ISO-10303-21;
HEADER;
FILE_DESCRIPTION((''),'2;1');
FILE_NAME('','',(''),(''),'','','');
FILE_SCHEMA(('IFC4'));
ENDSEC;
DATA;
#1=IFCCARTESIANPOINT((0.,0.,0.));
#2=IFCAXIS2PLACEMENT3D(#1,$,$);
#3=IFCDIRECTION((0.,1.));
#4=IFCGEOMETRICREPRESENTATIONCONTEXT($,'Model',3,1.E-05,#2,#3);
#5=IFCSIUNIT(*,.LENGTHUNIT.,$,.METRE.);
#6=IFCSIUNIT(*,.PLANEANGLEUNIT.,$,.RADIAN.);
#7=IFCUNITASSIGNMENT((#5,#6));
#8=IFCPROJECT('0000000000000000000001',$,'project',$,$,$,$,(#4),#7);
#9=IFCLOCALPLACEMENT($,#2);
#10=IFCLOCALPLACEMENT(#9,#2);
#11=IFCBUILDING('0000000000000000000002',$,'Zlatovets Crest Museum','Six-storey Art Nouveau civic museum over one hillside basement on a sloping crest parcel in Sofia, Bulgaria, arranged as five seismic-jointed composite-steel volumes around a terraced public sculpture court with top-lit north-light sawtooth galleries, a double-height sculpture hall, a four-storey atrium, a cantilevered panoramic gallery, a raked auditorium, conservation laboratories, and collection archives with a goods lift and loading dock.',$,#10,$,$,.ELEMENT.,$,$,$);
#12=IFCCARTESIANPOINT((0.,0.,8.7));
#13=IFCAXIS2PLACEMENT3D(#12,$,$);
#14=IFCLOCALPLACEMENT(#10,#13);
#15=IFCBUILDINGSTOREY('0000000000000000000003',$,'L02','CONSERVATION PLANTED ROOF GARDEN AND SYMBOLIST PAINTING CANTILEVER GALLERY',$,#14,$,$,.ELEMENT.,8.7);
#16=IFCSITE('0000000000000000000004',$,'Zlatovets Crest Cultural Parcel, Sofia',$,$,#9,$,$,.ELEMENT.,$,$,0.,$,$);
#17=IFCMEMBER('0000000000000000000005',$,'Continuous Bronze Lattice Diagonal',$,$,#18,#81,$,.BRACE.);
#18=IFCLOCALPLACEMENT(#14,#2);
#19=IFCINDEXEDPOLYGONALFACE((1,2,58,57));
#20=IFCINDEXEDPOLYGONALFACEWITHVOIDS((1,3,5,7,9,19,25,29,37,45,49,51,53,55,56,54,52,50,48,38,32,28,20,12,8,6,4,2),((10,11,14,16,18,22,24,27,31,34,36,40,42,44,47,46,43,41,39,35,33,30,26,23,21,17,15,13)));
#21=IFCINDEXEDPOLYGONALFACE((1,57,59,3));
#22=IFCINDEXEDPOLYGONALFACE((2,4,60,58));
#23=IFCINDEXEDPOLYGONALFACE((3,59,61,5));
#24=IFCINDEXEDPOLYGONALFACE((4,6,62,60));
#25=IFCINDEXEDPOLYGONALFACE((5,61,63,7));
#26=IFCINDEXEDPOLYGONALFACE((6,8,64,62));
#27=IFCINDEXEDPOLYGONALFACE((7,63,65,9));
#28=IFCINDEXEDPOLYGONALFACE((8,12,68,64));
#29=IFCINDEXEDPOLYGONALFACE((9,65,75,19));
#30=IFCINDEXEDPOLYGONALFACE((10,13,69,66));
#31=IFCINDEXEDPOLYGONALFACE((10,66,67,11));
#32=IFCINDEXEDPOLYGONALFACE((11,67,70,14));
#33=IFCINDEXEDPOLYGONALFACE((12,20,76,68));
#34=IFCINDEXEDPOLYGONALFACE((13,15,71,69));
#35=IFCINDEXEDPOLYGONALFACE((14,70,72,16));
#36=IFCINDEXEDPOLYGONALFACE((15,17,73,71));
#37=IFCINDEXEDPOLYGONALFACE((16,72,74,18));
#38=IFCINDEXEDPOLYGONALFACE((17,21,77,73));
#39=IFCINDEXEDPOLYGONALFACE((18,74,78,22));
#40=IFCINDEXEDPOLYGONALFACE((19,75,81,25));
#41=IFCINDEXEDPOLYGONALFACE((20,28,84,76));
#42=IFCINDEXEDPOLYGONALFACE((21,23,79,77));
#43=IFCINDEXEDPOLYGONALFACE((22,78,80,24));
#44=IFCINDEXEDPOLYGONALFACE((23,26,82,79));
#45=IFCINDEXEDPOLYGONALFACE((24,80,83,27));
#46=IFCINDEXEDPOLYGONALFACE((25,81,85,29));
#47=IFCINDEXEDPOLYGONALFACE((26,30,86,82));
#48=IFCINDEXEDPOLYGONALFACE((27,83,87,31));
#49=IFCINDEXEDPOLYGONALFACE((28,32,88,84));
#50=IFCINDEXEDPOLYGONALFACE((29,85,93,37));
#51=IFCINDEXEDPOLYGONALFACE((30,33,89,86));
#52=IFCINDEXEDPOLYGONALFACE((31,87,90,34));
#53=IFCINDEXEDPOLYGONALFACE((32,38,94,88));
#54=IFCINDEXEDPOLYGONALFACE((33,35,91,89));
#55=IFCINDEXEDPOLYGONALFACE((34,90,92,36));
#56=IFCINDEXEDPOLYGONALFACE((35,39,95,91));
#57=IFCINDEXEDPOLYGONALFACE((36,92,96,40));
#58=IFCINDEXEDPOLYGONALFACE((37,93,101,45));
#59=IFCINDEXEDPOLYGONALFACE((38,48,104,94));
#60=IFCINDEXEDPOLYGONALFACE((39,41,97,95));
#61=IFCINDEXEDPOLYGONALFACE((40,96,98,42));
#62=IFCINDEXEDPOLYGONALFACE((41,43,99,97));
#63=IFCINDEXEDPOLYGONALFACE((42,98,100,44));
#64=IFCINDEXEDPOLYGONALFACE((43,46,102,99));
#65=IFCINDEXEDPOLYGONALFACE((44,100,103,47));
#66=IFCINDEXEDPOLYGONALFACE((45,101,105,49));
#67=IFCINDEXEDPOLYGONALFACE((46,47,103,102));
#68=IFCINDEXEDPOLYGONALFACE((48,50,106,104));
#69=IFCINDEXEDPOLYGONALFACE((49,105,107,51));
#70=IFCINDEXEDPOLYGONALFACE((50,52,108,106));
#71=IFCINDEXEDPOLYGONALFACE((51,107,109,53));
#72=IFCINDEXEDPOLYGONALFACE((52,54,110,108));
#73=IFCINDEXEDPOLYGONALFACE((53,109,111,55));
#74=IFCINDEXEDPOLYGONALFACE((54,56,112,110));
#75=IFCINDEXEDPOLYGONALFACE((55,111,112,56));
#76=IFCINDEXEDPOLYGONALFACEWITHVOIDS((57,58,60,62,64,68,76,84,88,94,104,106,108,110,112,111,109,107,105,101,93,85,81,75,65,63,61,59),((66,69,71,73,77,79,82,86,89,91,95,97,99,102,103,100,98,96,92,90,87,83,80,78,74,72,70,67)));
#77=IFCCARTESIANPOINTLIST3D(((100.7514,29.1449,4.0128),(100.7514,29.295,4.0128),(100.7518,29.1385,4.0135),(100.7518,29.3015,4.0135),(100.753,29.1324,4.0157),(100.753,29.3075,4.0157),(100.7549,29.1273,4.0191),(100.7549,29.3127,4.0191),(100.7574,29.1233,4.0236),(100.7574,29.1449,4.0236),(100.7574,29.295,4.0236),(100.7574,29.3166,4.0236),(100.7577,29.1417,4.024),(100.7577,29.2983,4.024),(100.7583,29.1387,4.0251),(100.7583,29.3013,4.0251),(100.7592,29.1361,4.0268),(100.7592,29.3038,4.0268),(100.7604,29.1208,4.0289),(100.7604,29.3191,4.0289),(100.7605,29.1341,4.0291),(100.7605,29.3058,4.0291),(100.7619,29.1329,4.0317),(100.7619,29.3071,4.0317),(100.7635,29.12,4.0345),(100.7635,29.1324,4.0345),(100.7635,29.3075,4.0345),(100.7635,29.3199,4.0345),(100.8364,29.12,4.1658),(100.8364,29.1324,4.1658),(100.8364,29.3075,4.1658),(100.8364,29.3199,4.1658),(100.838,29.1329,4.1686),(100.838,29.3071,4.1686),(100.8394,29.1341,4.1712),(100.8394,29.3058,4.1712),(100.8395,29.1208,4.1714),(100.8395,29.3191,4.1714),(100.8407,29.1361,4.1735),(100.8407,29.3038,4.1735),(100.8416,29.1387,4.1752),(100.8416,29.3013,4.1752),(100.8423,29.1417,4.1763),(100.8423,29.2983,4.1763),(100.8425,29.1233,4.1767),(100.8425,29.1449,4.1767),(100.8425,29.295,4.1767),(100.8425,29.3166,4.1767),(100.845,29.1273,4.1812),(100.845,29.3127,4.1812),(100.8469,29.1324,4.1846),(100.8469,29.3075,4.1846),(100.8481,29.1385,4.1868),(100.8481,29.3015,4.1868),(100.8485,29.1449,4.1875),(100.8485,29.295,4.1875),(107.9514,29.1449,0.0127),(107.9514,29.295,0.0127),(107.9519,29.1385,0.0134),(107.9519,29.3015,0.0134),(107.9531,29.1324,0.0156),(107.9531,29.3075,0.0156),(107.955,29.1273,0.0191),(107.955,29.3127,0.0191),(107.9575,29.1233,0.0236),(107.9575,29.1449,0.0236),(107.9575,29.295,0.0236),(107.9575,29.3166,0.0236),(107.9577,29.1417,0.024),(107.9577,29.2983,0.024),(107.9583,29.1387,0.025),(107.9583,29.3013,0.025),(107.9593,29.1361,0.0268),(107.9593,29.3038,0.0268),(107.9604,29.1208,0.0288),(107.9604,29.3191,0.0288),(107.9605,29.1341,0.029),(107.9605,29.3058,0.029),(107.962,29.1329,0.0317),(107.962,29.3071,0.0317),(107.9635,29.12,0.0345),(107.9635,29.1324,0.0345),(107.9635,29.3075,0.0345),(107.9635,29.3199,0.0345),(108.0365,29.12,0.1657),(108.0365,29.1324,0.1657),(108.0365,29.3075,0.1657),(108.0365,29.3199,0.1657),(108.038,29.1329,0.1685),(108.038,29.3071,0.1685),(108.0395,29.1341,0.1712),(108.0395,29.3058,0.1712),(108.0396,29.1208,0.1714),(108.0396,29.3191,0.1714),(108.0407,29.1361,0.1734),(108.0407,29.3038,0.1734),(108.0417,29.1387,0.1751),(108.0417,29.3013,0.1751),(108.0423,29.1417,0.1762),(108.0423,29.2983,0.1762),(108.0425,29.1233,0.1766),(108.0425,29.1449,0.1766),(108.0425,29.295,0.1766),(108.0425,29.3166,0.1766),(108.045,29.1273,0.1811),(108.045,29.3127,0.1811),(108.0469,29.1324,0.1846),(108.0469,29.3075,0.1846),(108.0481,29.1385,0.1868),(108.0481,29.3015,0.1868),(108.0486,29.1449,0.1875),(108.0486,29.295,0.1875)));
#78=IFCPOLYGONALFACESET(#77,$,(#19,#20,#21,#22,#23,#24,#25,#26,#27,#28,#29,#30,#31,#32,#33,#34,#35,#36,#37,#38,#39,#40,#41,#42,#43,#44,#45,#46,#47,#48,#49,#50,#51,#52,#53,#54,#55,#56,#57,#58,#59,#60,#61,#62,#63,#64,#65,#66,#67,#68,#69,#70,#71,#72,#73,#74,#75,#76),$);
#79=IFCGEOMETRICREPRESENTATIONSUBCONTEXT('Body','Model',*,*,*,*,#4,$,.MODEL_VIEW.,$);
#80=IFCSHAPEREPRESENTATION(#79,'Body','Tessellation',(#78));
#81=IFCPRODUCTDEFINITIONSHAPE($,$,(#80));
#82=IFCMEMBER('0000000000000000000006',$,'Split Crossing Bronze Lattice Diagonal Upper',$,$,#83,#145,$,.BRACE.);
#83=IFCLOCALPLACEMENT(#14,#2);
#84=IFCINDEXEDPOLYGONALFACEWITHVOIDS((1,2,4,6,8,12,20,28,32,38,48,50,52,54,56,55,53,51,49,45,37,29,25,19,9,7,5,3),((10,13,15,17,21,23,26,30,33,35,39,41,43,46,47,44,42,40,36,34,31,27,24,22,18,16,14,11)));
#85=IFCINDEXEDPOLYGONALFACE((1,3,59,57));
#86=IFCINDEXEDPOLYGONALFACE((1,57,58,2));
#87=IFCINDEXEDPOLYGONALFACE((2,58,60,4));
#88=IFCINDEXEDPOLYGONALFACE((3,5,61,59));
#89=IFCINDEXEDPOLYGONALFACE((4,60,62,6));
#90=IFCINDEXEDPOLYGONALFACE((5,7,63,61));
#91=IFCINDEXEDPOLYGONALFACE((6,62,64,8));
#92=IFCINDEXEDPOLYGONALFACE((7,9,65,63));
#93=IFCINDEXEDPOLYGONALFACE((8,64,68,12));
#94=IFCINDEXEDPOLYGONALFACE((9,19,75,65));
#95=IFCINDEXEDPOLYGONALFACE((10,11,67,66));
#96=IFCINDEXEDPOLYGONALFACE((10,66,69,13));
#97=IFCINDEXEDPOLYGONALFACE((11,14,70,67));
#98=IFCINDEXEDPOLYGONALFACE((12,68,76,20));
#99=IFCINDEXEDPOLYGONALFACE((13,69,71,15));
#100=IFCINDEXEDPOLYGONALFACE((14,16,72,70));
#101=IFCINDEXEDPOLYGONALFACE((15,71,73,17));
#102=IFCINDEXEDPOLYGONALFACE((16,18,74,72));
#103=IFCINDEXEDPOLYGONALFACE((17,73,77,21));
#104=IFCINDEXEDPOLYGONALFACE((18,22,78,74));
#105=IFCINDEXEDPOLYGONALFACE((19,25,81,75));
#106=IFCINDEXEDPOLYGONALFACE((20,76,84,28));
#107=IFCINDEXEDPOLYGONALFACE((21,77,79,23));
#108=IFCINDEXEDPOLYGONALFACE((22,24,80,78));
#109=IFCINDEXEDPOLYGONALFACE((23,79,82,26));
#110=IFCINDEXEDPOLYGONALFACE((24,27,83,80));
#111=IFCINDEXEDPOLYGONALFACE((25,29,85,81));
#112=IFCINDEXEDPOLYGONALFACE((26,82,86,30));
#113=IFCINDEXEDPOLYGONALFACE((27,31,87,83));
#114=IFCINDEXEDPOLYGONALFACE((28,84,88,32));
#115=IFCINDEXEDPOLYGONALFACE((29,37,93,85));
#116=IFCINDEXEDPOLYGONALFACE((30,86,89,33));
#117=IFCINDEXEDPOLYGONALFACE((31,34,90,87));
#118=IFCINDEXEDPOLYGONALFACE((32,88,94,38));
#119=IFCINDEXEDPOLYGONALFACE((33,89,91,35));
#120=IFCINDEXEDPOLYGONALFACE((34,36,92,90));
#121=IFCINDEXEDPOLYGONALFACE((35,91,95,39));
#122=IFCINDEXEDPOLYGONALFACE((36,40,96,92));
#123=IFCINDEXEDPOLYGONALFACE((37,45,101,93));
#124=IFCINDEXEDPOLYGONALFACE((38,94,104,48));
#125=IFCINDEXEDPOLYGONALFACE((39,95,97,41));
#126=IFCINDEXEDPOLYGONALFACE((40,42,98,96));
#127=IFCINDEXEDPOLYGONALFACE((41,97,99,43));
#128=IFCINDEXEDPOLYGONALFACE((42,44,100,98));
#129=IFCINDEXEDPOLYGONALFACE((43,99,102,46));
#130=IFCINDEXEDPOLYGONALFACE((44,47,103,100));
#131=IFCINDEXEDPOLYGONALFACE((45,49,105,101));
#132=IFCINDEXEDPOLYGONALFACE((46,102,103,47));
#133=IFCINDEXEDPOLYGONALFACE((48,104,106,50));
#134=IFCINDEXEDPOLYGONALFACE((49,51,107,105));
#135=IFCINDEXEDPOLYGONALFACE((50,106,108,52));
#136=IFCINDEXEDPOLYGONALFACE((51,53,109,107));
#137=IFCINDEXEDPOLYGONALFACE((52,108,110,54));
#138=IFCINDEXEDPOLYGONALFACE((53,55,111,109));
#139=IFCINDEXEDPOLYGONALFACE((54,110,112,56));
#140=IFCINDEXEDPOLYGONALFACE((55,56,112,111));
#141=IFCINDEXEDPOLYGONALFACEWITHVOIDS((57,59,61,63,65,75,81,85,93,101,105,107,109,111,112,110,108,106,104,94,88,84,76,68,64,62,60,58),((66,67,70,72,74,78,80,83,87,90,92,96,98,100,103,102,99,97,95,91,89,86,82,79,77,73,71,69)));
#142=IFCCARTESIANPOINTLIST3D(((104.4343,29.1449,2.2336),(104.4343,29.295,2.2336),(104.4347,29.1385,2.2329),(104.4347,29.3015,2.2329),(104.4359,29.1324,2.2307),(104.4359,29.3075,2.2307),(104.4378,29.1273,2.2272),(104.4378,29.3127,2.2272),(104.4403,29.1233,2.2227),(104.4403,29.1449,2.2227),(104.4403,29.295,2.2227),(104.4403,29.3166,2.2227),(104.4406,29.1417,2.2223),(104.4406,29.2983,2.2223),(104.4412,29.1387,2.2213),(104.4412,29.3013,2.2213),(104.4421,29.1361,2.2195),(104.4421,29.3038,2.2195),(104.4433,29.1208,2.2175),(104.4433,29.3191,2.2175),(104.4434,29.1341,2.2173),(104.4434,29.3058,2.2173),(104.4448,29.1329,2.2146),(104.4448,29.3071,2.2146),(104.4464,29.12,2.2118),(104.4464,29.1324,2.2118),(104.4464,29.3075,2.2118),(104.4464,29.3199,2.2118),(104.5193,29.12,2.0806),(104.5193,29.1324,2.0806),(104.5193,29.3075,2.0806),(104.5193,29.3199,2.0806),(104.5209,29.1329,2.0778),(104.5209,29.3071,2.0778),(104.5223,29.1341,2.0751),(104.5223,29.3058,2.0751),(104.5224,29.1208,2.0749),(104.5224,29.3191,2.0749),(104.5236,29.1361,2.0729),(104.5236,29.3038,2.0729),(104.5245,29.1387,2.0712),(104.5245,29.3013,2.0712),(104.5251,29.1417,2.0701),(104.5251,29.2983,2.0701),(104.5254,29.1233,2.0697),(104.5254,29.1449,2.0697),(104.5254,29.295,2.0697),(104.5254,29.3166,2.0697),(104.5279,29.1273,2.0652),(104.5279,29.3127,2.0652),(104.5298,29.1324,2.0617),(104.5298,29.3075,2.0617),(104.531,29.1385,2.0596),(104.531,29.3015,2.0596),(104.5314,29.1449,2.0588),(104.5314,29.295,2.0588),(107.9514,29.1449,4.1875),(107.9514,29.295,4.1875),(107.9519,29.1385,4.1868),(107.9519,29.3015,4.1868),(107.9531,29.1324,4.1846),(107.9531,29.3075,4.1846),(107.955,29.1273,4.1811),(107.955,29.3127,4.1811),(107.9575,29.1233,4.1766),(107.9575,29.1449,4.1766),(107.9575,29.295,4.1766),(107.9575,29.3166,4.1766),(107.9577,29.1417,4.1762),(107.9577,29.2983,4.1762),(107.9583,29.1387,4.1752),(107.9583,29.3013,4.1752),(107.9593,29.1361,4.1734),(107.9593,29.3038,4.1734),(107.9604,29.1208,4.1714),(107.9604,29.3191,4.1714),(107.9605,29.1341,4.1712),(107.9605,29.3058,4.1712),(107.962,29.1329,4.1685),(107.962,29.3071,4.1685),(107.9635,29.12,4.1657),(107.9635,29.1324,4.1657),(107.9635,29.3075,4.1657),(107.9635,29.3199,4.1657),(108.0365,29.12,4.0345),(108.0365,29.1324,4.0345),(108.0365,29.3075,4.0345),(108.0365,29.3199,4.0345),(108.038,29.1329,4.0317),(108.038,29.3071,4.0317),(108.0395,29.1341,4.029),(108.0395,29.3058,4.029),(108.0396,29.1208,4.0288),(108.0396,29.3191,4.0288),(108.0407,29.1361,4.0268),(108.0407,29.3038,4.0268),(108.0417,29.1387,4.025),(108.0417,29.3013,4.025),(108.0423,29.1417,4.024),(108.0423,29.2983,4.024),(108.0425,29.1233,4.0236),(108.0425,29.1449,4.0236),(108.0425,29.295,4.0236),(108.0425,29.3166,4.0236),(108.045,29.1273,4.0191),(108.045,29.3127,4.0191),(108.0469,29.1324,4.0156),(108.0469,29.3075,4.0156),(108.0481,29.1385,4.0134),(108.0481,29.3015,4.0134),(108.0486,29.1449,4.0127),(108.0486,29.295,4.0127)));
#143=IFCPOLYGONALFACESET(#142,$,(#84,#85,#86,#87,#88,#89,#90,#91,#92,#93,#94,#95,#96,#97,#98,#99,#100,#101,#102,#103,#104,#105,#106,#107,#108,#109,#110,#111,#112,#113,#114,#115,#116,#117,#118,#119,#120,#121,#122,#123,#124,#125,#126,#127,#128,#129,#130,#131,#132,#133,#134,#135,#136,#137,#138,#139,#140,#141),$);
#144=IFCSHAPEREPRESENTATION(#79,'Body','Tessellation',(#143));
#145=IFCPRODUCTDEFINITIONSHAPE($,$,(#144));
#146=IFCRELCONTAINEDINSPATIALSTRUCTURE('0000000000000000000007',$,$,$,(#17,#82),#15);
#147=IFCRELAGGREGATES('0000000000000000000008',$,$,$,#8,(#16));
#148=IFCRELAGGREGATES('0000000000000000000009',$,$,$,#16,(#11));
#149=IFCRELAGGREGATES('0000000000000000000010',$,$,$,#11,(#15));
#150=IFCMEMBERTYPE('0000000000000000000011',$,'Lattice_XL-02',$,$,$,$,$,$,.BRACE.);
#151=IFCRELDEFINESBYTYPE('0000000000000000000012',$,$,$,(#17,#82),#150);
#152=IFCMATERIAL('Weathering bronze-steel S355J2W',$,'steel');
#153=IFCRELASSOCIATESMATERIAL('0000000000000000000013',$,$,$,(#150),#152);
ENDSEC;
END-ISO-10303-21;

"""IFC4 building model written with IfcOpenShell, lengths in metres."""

from ifc_helpers import new_model, si_unit, direction, frame, origin, origin_2d, place, context, subcontext, project, spatial, hollow_rectangle, extrude, material, material_profile, profile_set, type_object, element, save


model = new_model("IFC4")

# Units and contexts
model_context = context("Model", 3, precision=1e-05, world=origin(), true_north=direction((0.0, 1.0)))
body_context = subcontext(model_context, "Body", "Model", "MODEL_VIEW")
ifc_project = project(units=[si_unit("LENGTHUNIT", "METRE"), si_unit("PLANEANGLEUNIT", "RADIAN")], contexts=[model_context])

# Site, building, storey
site_placement = place(None, origin())
site = spatial("IfcSite", under=ifc_project, at=site_placement, Name="Zlatovets Crest Cultural Parcel, Sofia", CompositionType="ELEMENT", RefElevation=0.0)
building_placement = place(site_placement, origin())
building = spatial("IfcBuilding", under=site, at=building_placement, Name="Zlatovets Crest Museum", Description="Six-storey Art Nouveau civic museum over one hillside basement on a sloping crest parcel in Sofia, Bulgaria, arranged as five seismic-jointed composite-steel volumes around a terraced public sculpture court with top-lit north-light sawtooth galleries, a double-height sculpture hall, a four-storey atrium, a cantilevered panoramic gallery, a raked auditorium, conservation laboratories, and collection archives with a goods lift and loading dock.", CompositionType="ELEMENT")
storey_placement = place(building_placement, frame((0.0, 0.0, 8.7)))
storey = spatial("IfcBuildingStorey", under=building, at=storey_placement, Name="L02", Description="CONSERVATION PLANTED ROOF GARDEN AND SYMBOLIST PAINTING CANTILEVER GALLERY", CompositionType="ELEMENT", Elevation=8.7)

# Members
ifc_material_1 = material(Name="Weathering bronze-steel S355J2W", Category="steel")
ifc_material_profile_1 = material_profile(ifc_material_1, hollow_rectangle(XDim=0.2, YDim=0.2, WallThickness=0.0125, InnerFilletRadius=0.0125, OuterFilletRadius=0.0249, at=origin_2d()), Name="SHS 200x200x12.5")
ifc_profile_set_1 = profile_set([ifc_material_profile_1], Name="Weathering bronze-steel S355J2W")
member_type_1 = type_object("IfcMemberType", Name="Lattice_XL-02", PredefinedType="BRACE", material=ifc_profile_set_1)
member_1_placement = place(storey_placement, frame((108.0, 29.22, 0.1001), z_axis=(-0.874156, 0.0, 0.485645), x_axis=(0.0, -1.0, 0.0)))
element("IfcMember", 1, at=member_1_placement, inside=storey, type_object=member_type_1, Name="Continuous Bronze Lattice Diagonal", PredefinedType="BRACE", context=body_context, shape_type="SweptSolid", body=[
    extrude(hollow_rectangle(XDim=0.2, YDim=0.2, WallThickness=0.0125, InnerFilletRadius=0.0125, OuterFilletRadius=0.0249, at=origin_2d()), origin(), (0.0, 0.0, 1.0), 8.2366),
])
member_2_placement = place(storey_placement, frame((108.0, 29.22, 4.1001), z_axis=(-0.874166, 0.0, -0.485627), x_axis=(0.0, -1.0, 0.0)))
element("IfcMember", 2, at=member_2_placement, inside=storey, type_object=member_type_1, Name="Split Crossing Bronze Lattice Diagonal Upper", PredefinedType="BRACE", context=body_context, shape_type="SweptSolid", body=[
    extrude(hollow_rectangle(XDim=0.2, YDim=0.2, WallThickness=0.0125, InnerFilletRadius=0.0125, OuterFilletRadius=0.0249, at=origin_2d()), origin(), (0.0, 0.0, 1.0), 4.0234),
])

save(model, "model.ifc")
